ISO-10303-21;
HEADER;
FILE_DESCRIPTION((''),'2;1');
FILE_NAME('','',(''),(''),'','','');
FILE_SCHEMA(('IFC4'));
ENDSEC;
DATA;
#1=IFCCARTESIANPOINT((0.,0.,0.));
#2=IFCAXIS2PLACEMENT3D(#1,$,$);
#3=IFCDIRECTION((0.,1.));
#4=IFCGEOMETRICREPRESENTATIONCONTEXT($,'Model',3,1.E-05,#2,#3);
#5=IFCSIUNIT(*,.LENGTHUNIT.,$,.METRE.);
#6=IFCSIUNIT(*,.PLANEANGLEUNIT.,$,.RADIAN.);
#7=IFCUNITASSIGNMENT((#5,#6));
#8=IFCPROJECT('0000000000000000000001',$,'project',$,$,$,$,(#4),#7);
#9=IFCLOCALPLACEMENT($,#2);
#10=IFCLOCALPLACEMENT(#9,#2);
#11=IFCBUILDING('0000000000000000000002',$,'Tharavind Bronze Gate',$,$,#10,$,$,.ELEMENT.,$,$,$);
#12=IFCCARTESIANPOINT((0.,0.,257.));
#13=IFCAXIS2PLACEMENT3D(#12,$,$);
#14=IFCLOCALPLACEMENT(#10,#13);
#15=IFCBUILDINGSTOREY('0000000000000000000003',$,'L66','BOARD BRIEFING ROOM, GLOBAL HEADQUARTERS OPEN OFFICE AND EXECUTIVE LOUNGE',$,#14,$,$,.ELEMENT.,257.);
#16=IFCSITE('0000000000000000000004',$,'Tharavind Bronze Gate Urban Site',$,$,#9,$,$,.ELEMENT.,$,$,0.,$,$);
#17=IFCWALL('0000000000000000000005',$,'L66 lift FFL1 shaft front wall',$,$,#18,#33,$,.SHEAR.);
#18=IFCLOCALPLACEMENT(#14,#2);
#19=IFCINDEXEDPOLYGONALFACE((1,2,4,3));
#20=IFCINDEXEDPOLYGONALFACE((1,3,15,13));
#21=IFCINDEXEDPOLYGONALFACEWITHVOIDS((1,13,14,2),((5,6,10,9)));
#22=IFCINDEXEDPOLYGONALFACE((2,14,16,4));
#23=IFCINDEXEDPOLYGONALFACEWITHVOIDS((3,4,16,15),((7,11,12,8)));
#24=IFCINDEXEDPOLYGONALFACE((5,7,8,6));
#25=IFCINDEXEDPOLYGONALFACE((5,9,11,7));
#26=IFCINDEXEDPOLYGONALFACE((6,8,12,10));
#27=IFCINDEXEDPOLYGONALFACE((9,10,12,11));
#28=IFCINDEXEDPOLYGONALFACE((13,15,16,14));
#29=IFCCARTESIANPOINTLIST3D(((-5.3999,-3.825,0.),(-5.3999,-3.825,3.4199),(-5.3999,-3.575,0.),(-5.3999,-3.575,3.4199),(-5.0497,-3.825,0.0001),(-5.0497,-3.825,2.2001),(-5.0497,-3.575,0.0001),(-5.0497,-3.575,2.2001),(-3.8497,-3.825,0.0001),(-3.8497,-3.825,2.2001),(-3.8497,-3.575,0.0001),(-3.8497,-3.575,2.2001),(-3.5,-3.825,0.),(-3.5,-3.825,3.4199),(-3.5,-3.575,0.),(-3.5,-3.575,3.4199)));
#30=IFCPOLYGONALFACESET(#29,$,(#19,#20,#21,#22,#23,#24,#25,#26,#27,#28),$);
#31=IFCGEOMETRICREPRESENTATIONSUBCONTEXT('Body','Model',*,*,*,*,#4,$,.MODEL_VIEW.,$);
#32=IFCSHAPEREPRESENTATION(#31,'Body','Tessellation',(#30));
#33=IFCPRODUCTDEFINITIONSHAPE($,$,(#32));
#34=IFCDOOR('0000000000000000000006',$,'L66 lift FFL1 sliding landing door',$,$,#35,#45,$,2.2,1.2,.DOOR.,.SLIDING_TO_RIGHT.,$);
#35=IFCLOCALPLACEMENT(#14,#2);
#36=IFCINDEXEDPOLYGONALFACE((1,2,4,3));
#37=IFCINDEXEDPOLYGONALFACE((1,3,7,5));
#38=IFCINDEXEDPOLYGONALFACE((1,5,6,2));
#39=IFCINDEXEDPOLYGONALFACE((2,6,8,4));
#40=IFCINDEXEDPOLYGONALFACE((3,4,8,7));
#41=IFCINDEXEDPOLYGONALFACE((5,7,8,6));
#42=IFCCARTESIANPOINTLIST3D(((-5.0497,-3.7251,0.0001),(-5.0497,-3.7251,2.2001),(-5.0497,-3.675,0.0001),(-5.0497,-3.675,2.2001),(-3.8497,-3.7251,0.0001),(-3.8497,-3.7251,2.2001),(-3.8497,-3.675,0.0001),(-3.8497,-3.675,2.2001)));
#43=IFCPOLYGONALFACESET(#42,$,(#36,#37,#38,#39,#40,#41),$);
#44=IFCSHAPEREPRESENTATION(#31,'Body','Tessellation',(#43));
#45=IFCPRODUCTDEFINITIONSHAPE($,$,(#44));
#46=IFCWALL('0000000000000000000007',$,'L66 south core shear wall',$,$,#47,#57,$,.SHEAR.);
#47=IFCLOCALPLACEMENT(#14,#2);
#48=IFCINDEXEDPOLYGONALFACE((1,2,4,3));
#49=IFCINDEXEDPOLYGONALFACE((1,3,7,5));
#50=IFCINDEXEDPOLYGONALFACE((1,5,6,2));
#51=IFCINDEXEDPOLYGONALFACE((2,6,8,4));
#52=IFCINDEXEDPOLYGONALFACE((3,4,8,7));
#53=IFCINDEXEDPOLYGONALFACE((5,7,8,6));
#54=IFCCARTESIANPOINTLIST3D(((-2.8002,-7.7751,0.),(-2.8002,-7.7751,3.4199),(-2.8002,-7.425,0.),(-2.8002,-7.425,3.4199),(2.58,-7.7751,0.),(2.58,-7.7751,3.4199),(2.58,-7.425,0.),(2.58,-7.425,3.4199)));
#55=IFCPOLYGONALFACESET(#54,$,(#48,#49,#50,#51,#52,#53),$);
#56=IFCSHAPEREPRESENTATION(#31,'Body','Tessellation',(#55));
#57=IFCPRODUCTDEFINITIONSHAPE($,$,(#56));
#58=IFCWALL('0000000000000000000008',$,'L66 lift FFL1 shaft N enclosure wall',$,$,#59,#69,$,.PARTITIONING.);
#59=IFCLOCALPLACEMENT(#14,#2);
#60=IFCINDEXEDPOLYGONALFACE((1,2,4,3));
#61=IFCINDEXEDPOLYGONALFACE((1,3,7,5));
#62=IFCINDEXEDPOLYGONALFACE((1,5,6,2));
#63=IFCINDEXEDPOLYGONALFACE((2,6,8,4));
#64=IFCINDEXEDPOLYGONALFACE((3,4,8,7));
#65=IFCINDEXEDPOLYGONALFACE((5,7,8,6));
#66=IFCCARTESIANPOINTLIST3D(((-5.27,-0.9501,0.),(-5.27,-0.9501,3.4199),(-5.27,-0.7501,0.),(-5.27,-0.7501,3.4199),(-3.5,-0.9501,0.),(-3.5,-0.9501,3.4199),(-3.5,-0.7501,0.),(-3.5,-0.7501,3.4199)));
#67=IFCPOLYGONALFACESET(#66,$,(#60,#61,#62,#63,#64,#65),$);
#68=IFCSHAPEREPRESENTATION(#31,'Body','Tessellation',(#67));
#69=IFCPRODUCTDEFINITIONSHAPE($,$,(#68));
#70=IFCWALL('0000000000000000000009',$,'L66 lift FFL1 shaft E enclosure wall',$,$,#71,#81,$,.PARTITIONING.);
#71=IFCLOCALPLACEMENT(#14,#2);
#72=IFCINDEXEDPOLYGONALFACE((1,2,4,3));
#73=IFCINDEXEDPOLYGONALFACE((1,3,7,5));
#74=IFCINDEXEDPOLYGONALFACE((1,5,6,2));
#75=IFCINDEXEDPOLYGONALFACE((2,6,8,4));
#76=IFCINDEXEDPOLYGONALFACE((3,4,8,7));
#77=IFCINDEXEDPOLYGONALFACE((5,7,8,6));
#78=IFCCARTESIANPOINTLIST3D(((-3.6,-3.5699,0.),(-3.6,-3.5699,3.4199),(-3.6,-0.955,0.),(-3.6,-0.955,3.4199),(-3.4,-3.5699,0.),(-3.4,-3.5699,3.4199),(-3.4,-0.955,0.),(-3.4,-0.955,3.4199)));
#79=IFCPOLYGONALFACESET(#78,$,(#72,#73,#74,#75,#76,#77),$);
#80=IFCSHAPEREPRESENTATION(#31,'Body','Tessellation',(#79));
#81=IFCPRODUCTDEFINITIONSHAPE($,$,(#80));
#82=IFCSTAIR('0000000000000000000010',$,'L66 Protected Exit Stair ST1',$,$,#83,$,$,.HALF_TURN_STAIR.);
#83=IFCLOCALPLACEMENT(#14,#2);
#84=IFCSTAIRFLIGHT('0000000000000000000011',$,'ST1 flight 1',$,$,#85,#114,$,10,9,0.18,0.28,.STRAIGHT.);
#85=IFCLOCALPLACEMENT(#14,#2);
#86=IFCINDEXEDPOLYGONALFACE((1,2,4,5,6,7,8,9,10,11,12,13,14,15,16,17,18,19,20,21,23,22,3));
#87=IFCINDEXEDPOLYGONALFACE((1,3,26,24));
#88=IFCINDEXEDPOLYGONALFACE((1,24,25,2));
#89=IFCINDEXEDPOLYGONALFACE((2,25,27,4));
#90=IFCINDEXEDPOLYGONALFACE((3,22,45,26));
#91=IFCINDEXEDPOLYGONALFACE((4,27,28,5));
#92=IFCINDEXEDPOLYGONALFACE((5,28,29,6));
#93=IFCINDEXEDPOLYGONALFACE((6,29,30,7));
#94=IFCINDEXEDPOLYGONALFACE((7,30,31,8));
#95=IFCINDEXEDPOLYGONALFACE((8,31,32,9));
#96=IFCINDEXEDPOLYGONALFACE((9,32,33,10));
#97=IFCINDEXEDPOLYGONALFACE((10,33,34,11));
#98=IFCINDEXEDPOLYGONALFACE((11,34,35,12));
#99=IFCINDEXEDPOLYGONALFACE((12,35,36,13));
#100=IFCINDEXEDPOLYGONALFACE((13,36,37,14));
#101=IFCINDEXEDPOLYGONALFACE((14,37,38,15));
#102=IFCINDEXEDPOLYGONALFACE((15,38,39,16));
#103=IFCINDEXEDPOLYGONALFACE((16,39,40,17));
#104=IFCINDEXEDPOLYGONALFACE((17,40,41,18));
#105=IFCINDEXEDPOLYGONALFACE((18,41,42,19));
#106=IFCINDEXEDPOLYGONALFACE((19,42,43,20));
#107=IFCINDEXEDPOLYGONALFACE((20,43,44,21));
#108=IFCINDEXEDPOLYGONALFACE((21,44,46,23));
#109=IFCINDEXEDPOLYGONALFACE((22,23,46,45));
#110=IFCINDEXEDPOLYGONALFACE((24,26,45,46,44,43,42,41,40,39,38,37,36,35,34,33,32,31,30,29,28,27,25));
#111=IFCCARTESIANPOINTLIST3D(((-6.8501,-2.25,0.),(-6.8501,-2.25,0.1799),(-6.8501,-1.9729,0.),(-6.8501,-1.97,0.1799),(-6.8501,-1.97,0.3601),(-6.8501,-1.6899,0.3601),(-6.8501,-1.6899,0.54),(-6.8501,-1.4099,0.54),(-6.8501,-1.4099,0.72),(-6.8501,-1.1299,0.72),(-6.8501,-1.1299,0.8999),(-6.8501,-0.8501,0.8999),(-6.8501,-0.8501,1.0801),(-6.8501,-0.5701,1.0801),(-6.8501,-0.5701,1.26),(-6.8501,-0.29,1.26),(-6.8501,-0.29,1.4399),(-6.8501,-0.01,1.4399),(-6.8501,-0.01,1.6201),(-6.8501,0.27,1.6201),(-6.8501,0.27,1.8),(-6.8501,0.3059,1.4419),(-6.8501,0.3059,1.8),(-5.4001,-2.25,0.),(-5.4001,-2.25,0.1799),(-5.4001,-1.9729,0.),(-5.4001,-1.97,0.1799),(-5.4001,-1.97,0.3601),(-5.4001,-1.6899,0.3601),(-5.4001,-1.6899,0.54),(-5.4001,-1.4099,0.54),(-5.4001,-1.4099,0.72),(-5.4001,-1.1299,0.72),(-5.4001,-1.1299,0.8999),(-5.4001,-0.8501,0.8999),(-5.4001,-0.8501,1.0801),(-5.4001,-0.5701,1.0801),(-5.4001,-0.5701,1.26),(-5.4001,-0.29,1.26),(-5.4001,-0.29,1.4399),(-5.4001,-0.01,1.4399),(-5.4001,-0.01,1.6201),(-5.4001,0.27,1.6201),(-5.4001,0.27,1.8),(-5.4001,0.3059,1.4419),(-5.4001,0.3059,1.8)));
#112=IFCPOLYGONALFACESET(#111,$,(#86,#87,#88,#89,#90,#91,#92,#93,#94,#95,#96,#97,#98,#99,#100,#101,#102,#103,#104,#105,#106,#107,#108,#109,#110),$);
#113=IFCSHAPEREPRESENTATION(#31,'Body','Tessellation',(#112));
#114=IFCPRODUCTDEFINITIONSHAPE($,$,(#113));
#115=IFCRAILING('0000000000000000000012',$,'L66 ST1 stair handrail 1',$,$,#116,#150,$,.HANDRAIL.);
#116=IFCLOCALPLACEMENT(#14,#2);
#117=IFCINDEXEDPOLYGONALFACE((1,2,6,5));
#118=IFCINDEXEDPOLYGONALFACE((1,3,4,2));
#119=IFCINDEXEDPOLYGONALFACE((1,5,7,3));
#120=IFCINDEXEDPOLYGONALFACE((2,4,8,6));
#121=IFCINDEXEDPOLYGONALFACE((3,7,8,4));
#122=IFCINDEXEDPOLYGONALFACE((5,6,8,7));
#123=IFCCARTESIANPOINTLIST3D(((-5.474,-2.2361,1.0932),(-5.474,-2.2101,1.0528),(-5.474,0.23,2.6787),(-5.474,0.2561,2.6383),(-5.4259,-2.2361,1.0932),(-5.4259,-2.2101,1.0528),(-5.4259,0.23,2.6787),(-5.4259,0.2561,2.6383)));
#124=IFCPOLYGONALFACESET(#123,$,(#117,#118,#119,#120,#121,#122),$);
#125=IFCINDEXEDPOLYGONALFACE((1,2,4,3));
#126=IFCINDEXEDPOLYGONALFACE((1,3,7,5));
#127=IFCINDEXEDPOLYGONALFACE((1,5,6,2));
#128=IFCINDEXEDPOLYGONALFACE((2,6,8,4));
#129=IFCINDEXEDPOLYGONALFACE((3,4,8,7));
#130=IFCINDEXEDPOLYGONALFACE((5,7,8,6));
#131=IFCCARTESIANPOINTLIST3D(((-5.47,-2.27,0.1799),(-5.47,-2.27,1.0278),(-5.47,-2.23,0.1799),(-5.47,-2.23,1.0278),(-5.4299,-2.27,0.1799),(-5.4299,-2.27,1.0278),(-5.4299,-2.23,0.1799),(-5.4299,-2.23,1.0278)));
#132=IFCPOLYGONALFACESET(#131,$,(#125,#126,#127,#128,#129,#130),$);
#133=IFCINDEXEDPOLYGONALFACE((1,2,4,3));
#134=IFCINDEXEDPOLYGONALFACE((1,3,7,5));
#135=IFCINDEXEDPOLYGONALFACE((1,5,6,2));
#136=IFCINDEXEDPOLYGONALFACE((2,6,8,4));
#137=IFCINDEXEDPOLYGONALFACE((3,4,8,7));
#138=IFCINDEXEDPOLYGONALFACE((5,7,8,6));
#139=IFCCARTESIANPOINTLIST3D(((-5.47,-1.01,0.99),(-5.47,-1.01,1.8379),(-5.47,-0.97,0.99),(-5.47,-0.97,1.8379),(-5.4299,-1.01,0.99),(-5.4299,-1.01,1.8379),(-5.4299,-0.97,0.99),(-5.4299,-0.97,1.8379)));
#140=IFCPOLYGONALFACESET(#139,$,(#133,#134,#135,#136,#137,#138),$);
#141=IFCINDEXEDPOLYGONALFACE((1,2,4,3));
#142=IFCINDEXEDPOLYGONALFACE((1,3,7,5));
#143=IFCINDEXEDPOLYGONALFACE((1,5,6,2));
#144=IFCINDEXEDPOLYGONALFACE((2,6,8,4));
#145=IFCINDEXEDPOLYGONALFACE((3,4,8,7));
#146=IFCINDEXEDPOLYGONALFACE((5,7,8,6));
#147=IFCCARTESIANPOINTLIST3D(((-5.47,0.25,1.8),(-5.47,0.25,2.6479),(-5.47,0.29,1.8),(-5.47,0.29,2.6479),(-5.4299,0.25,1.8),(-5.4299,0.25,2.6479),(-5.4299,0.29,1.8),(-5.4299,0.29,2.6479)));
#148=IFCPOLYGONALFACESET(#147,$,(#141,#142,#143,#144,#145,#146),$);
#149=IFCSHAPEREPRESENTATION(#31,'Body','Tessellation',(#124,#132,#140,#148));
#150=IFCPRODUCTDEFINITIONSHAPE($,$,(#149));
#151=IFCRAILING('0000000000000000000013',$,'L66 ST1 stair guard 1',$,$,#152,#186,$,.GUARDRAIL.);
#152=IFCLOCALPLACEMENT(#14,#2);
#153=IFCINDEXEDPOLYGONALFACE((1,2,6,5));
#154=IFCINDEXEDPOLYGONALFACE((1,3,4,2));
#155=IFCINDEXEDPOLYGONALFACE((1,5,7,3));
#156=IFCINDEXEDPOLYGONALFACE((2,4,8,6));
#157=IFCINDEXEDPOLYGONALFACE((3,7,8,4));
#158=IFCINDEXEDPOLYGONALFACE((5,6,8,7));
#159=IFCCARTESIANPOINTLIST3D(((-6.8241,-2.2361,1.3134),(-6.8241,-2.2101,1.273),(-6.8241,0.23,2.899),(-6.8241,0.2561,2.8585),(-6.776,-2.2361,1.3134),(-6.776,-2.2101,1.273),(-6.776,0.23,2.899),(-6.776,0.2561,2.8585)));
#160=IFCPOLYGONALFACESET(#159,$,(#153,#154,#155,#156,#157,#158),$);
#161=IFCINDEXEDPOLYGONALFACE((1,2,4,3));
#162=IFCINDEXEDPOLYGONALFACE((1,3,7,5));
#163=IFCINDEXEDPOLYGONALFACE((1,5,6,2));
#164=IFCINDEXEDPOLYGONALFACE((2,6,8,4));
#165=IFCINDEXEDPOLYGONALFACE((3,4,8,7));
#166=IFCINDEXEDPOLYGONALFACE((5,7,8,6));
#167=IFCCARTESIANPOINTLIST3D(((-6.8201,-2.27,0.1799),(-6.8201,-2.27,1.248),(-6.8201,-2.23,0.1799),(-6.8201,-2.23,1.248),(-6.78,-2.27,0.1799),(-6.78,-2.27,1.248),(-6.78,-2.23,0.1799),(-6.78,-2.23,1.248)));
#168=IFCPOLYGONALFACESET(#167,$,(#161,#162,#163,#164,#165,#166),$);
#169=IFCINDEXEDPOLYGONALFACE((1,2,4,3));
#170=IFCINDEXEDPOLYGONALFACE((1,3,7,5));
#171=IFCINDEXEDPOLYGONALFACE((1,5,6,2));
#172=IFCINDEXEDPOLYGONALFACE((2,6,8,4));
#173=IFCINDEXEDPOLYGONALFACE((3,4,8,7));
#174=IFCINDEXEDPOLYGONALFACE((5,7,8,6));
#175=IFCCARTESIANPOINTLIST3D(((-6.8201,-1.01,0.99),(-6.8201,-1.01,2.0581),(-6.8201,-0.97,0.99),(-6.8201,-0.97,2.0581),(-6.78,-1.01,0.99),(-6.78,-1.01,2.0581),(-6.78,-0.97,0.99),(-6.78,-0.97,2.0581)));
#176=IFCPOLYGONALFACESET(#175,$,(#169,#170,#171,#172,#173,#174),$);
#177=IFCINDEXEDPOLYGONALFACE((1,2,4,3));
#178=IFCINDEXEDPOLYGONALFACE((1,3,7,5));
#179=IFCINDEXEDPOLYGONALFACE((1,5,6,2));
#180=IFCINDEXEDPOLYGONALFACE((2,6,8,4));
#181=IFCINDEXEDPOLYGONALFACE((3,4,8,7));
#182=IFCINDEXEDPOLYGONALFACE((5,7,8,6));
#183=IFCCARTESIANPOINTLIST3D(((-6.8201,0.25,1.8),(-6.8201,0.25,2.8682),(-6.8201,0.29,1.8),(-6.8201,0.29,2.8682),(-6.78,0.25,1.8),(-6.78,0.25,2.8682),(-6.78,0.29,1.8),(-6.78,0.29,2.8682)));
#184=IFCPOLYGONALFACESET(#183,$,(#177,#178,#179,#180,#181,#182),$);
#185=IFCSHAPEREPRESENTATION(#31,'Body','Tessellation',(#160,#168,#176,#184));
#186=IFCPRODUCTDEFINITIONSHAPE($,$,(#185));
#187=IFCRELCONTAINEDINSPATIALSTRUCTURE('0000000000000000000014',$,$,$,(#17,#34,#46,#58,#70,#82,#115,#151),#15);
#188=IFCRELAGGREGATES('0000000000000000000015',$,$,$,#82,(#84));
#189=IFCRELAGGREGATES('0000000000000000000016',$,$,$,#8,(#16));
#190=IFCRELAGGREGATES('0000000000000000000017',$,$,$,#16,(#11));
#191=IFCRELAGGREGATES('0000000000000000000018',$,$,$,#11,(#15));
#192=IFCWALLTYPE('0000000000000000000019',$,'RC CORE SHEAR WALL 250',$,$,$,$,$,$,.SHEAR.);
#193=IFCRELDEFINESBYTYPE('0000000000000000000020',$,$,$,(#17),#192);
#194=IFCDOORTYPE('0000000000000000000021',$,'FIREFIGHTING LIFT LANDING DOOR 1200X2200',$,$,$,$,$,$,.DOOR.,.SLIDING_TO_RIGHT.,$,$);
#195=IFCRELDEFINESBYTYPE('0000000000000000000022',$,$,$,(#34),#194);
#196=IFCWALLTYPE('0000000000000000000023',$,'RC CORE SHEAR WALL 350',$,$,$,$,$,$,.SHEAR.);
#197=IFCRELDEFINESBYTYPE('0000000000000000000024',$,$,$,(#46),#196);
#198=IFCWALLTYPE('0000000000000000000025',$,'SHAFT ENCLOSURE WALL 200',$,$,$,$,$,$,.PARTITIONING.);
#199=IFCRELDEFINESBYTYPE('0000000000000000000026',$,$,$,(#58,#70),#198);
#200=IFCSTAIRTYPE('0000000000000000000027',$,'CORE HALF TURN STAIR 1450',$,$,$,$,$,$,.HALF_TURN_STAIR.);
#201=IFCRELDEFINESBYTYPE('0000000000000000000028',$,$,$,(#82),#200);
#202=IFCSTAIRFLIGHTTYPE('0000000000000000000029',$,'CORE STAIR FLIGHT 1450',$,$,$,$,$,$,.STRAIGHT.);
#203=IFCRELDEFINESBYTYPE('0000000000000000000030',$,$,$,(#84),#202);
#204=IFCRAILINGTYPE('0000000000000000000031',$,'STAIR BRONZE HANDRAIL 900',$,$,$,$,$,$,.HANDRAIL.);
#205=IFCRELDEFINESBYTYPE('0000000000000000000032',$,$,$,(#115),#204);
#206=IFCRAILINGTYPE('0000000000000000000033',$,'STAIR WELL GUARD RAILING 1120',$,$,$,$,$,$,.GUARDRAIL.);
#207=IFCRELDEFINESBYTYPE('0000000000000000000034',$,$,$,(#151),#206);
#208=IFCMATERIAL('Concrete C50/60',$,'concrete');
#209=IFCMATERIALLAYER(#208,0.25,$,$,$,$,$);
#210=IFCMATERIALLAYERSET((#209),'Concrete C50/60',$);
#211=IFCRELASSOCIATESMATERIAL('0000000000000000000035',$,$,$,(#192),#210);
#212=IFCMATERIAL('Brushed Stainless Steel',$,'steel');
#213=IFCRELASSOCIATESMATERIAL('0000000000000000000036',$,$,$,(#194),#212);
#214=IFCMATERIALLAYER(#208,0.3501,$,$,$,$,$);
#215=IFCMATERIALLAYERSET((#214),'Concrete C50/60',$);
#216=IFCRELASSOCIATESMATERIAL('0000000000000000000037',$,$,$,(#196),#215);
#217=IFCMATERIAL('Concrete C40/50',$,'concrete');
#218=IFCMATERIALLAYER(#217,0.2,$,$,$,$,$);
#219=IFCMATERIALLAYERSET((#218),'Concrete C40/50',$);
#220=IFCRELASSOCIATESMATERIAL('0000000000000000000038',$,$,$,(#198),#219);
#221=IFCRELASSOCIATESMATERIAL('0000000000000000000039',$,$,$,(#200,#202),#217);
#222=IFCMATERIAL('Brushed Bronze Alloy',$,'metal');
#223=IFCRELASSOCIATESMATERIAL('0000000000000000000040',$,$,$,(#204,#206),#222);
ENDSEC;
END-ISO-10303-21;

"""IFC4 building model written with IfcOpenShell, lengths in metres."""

from ifc_helpers import new_model, si_unit, direction, frame, frame_2d, origin, origin_2d, place, context, subcontext, project, spatial, polyline, rectangle, outline, extrude, material, layer, layer_set, type_object, element, fill, aggregate, save


model = new_model("IFC4")

# Units and contexts
model_context = context("Model", 3, precision=1e-05, world=origin(), true_north=direction((0.0, 1.0)))
body_context = subcontext(model_context, "Body", "Model", "MODEL_VIEW")
ifc_project = project(units=[si_unit("LENGTHUNIT", "METRE"), si_unit("PLANEANGLEUNIT", "RADIAN")], contexts=[model_context])

# Site, building, storey
site_placement = place(None, origin())
site = spatial("IfcSite", under=ifc_project, at=site_placement, Name="Tharavind Bronze Gate Urban Site", CompositionType="ELEMENT", RefElevation=0.0)
building_placement = place(site_placement, origin())
building = spatial("IfcBuilding", under=site, at=building_placement, Name="Tharavind Bronze Gate", CompositionType="ELEMENT")
storey_placement = place(building_placement, frame((0.0, 0.0, 257.0)))
storey = spatial("IfcBuildingStorey", under=building, at=storey_placement, Name="L66", Description="BOARD BRIEFING ROOM, GLOBAL HEADQUARTERS OPEN OFFICE AND EXECUTIVE LOUNGE", CompositionType="ELEMENT", Elevation=257.0)

# Shared definitions
ifc_material_1 = material(Name="Concrete C50/60", Category="concrete")

# Shared definitions
ifc_layer_1 = layer(ifc_material_1, 0.25)
ifc_layer_set_1 = layer_set([ifc_layer_1], Name="Concrete C50/60")
wall_type_1 = type_object("IfcWallType", Name="RC CORE SHEAR WALL 250", PredefinedType="SHEAR", material=ifc_layer_set_1)

# Wall, opening, door
wall_1_placement = place(storey_placement, frame((-5.3999, -3.7, 0.0), z_axis=(0.0, 0.0, 1.0), x_axis=(1.0, 0.0, 0.0)))
wall_1 = element("IfcWall", 1, at=wall_1_placement, inside=storey, type_object=wall_type_1, Name="L66 lift FFL1 shaft front wall", PredefinedType="SHEAR", context=body_context, shape_type="SweptSolid", body=[
    extrude(rectangle(XDim=1.8999, YDim=0.25, at=frame_2d((0.95, 0.0))), origin(), (0.0, 0.0, 1.0), 3.4199),
])
opening_1_placement = place(wall_1_placement, frame((0.3501, 0.0, 0.0)))
opening_1 = element("IfcOpeningElement", 2, at=opening_1_placement, cuts=wall_1, PredefinedType="OPENING", context=body_context, shape_type="SweptSolid", body=[
    extrude(rectangle(XDim=1.2, YDim=2.2, at=frame_2d((0.6001, 1.1001))), frame((0.0, 0.135, 0.0), z_axis=(0.0, -1.0, 0.0), x_axis=(1.0, 0.0, 0.0)), (0.0, 0.0, 1.0), 0.27),
])
ifc_material_2 = material(Name="Brushed Stainless Steel", Category="steel")
door_type_1 = type_object("IfcDoorType", Name="FIREFIGHTING LIFT LANDING DOOR 1200X2200", OperationType="SLIDING_TO_RIGHT", PredefinedType="DOOR", material=ifc_material_2)
door_1_placement = place(opening_1_placement, origin())
door_1 = element("IfcDoor", 3, at=door_1_placement, inside=storey, type_object=door_type_1, Name="L66 lift FFL1 sliding landing door", OperationType="SLIDING_TO_RIGHT", OverallHeight=2.2, OverallWidth=1.2, PredefinedType="DOOR", context=body_context, shape_type="SweptSolid", body=[
    extrude(rectangle(XDim=1.2, YDim=2.2, at=frame_2d((0.6001, 1.1001))), frame((0.0, 0.0249, 0.0), z_axis=(0.0, -1.0, 0.0), x_axis=(1.0, 0.0, 0.0)), (0.0, 0.0, 1.0), 0.05),
])
fill(opening_1, door_1)

# Walls
ifc_layer_2 = layer(ifc_material_1, 0.3501)
ifc_layer_set_2 = layer_set([ifc_layer_2], Name="Concrete C50/60")
wall_type_2 = type_object("IfcWallType", Name="RC CORE SHEAR WALL 350", PredefinedType="SHEAR", material=ifc_layer_set_2)
wall_2_placement = place(storey_placement, frame((-2.8, -7.6001, 0.0), z_axis=(0.0, 0.0, 1.0), x_axis=(1.0, 0.0, 0.0)))
element("IfcWall", 4, at=wall_2_placement, inside=storey, type_object=wall_type_2, Name="L66 south core shear wall", PredefinedType="SHEAR", context=body_context, shape_type="SweptSolid", body=[
    extrude(rectangle(XDim=5.3801, YDim=0.3501, at=frame_2d((2.6899, 0.0))), origin(), (0.0, 0.0, 1.0), 3.4199),
])
ifc_material_3 = material(Name="Concrete C40/50", Category="concrete")
ifc_layer_3 = layer(ifc_material_3, 0.2)
ifc_layer_set_3 = layer_set([ifc_layer_3], Name="Concrete C40/50")
wall_type_3 = type_object("IfcWallType", Name="SHAFT ENCLOSURE WALL 200", PredefinedType="PARTITIONING", material=ifc_layer_set_3)
wall_3_placement = place(storey_placement, frame((-5.27, -0.8501, 0.0), z_axis=(0.0, 0.0, 1.0), x_axis=(1.0, 0.0, 0.0)))
element("IfcWall", 5, at=wall_3_placement, inside=storey, type_object=wall_type_3, Name="L66 lift FFL1 shaft N enclosure wall", PredefinedType="PARTITIONING", context=body_context, shape_type="SweptSolid", body=[
    extrude(rectangle(XDim=1.77, YDim=0.2, at=frame_2d((0.885, 0.0))), origin(), (0.0, 0.0, 1.0), 3.4199),
])
wall_4_placement = place(storey_placement, frame((-3.5, -3.5701, 0.0), z_axis=(0.0, 0.0, 1.0), x_axis=(0.0, 1.0, 0.0)))
element("IfcWall", 6, at=wall_4_placement, inside=storey, type_object=wall_type_3, Name="L66 lift FFL1 shaft E enclosure wall", PredefinedType="PARTITIONING", context=body_context, shape_type="SweptSolid", body=[
    extrude(rectangle(XDim=2.615, YDim=0.2, at=frame_2d((1.3076, 0.0))), origin(), (0.0, 0.0, 1.0), 3.4199),
])

# Stair, stair flight
stair_type = type_object("IfcStairType", Name="CORE HALF TURN STAIR 1450", PredefinedType="HALF_TURN_STAIR", material=ifc_material_3)
stair_placement = place(storey_placement, origin())
stair = element("IfcStair", 7, at=stair_placement, inside=storey, type_object=stair_type, Name="L66 Protected Exit Stair ST1", PredefinedType="HALF_TURN_STAIR")
stair_flight_type = type_object("IfcStairFlightType", Name="CORE STAIR FLIGHT 1450", PredefinedType="STRAIGHT", material=ifc_material_3)
stair_flight_placement = place(storey_placement, frame((-6.125, -2.25, 0.0), z_axis=(0.0, 0.0, 1.0), x_axis=(0.0, 1.0, 0.0)))
stair_flight = element("IfcStairFlight", 8, at=stair_flight_placement, type_object=stair_flight_type, Name="ST1 flight 1", NumberOfRisers=10, NumberOfTreads=9, PredefinedType="STRAIGHT", RiserHeight=0.18, TreadLength=0.28, context=body_context, shape_type="SweptSolid", body=[
    extrude(outline(polyline([(0.0, 0.0), (0.0, 0.1799), (0.28, 0.1799), (0.28, 0.3601), (0.5601, 0.3601), (0.5601, 0.54), (0.8401, 0.54), (0.8401, 0.72), (1.1201, 0.72), (1.1201, 0.8999), (1.3999, 0.8999), (1.3999, 1.0801), (1.6799, 1.0801), (1.6799, 1.26), (1.96, 1.26), (1.96, 1.4399), (2.24, 1.4399), (2.24, 1.6201), (2.52, 1.6201), (2.52, 1.8), (2.5559, 1.8), (2.5559, 1.4419), (0.2771, 0.0), (0.0, 0.0)])), frame((0.0, 0.7251, 0.0), z_axis=(0.0, -1.0, 0.0), x_axis=(1.0, 0.0, 0.0)), (0.0, 0.0, 1.0), 1.45),
])
aggregate(stair, [stair_flight])

# Railings
ifc_material_4 = material(Name="Brushed Bronze Alloy", Category="metal")
railing_type_1 = type_object("IfcRailingType", Name="STAIR BRONZE HANDRAIL 900", PredefinedType="HANDRAIL", material=ifc_material_4)
railing_1_placement = place(storey_placement, frame((-5.45, -2.25, 0.1799)))
element("IfcRailing", 9, at=railing_1_placement, inside=storey, type_object=railing_type_1, Name="L66 ST1 stair handrail 1", PredefinedType="HANDRAIL", context=body_context, shape_type="SweptSolid", body=[
    extrude(rectangle(XDim=0.0481, YDim=0.0481, at=origin_2d()), frame((0.0, 0.0269, 0.8931), z_axis=(0.0, 0.841163, 0.540782), x_axis=(-1.0, 0.0, 0.0)), (0.0, 0.0, 1.0), 2.9319),
    extrude(rectangle(XDim=0.04, YDim=0.04, at=origin_2d()), origin(), (0.0, 0.0, 1.0), 0.8479),
    extrude(rectangle(XDim=0.04, YDim=0.04, at=origin_2d()), frame((0.0, 1.26, 0.8101)), (0.0, 0.0, 1.0), 0.8479),
    extrude(rectangle(XDim=0.04, YDim=0.04, at=origin_2d()), frame((0.0, 2.52, 1.6201)), (0.0, 0.0, 1.0), 0.8479),
])
railing_type_2 = type_object("IfcRailingType", Name="STAIR WELL GUARD RAILING 1120", PredefinedType="GUARDRAIL", material=ifc_material_4)
railing_2_placement = place(storey_placement, frame((-6.8, -2.25, 0.1799)))
element("IfcRailing", 10, at=railing_2_placement, inside=storey, type_object=railing_type_2, Name="L66 ST1 stair guard 1", PredefinedType="GUARDRAIL", context=body_context, shape_type="SweptSolid", body=[
    extrude(rectangle(XDim=0.0481, YDim=0.0481, at=origin_2d()), frame((0.0, 0.0269, 1.1133), z_axis=(0.0, 0.841163, 0.540782), x_axis=(-1.0, 0.0, 0.0)), (0.0, 0.0, 1.0), 2.9319),
    extrude(rectangle(XDim=0.04, YDim=0.04, at=origin_2d()), origin(), (0.0, 0.0, 1.0), 1.0681),
    extrude(rectangle(XDim=0.04, YDim=0.04, at=origin_2d()), frame((0.0, 1.26, 0.8101)), (0.0, 0.0, 1.0), 1.0681),
    extrude(rectangle(XDim=0.04, YDim=0.04, at=origin_2d()), frame((0.0, 2.52, 1.6201)), (0.0, 0.0, 1.0), 1.0681),
])

save(model, "model.ifc")
